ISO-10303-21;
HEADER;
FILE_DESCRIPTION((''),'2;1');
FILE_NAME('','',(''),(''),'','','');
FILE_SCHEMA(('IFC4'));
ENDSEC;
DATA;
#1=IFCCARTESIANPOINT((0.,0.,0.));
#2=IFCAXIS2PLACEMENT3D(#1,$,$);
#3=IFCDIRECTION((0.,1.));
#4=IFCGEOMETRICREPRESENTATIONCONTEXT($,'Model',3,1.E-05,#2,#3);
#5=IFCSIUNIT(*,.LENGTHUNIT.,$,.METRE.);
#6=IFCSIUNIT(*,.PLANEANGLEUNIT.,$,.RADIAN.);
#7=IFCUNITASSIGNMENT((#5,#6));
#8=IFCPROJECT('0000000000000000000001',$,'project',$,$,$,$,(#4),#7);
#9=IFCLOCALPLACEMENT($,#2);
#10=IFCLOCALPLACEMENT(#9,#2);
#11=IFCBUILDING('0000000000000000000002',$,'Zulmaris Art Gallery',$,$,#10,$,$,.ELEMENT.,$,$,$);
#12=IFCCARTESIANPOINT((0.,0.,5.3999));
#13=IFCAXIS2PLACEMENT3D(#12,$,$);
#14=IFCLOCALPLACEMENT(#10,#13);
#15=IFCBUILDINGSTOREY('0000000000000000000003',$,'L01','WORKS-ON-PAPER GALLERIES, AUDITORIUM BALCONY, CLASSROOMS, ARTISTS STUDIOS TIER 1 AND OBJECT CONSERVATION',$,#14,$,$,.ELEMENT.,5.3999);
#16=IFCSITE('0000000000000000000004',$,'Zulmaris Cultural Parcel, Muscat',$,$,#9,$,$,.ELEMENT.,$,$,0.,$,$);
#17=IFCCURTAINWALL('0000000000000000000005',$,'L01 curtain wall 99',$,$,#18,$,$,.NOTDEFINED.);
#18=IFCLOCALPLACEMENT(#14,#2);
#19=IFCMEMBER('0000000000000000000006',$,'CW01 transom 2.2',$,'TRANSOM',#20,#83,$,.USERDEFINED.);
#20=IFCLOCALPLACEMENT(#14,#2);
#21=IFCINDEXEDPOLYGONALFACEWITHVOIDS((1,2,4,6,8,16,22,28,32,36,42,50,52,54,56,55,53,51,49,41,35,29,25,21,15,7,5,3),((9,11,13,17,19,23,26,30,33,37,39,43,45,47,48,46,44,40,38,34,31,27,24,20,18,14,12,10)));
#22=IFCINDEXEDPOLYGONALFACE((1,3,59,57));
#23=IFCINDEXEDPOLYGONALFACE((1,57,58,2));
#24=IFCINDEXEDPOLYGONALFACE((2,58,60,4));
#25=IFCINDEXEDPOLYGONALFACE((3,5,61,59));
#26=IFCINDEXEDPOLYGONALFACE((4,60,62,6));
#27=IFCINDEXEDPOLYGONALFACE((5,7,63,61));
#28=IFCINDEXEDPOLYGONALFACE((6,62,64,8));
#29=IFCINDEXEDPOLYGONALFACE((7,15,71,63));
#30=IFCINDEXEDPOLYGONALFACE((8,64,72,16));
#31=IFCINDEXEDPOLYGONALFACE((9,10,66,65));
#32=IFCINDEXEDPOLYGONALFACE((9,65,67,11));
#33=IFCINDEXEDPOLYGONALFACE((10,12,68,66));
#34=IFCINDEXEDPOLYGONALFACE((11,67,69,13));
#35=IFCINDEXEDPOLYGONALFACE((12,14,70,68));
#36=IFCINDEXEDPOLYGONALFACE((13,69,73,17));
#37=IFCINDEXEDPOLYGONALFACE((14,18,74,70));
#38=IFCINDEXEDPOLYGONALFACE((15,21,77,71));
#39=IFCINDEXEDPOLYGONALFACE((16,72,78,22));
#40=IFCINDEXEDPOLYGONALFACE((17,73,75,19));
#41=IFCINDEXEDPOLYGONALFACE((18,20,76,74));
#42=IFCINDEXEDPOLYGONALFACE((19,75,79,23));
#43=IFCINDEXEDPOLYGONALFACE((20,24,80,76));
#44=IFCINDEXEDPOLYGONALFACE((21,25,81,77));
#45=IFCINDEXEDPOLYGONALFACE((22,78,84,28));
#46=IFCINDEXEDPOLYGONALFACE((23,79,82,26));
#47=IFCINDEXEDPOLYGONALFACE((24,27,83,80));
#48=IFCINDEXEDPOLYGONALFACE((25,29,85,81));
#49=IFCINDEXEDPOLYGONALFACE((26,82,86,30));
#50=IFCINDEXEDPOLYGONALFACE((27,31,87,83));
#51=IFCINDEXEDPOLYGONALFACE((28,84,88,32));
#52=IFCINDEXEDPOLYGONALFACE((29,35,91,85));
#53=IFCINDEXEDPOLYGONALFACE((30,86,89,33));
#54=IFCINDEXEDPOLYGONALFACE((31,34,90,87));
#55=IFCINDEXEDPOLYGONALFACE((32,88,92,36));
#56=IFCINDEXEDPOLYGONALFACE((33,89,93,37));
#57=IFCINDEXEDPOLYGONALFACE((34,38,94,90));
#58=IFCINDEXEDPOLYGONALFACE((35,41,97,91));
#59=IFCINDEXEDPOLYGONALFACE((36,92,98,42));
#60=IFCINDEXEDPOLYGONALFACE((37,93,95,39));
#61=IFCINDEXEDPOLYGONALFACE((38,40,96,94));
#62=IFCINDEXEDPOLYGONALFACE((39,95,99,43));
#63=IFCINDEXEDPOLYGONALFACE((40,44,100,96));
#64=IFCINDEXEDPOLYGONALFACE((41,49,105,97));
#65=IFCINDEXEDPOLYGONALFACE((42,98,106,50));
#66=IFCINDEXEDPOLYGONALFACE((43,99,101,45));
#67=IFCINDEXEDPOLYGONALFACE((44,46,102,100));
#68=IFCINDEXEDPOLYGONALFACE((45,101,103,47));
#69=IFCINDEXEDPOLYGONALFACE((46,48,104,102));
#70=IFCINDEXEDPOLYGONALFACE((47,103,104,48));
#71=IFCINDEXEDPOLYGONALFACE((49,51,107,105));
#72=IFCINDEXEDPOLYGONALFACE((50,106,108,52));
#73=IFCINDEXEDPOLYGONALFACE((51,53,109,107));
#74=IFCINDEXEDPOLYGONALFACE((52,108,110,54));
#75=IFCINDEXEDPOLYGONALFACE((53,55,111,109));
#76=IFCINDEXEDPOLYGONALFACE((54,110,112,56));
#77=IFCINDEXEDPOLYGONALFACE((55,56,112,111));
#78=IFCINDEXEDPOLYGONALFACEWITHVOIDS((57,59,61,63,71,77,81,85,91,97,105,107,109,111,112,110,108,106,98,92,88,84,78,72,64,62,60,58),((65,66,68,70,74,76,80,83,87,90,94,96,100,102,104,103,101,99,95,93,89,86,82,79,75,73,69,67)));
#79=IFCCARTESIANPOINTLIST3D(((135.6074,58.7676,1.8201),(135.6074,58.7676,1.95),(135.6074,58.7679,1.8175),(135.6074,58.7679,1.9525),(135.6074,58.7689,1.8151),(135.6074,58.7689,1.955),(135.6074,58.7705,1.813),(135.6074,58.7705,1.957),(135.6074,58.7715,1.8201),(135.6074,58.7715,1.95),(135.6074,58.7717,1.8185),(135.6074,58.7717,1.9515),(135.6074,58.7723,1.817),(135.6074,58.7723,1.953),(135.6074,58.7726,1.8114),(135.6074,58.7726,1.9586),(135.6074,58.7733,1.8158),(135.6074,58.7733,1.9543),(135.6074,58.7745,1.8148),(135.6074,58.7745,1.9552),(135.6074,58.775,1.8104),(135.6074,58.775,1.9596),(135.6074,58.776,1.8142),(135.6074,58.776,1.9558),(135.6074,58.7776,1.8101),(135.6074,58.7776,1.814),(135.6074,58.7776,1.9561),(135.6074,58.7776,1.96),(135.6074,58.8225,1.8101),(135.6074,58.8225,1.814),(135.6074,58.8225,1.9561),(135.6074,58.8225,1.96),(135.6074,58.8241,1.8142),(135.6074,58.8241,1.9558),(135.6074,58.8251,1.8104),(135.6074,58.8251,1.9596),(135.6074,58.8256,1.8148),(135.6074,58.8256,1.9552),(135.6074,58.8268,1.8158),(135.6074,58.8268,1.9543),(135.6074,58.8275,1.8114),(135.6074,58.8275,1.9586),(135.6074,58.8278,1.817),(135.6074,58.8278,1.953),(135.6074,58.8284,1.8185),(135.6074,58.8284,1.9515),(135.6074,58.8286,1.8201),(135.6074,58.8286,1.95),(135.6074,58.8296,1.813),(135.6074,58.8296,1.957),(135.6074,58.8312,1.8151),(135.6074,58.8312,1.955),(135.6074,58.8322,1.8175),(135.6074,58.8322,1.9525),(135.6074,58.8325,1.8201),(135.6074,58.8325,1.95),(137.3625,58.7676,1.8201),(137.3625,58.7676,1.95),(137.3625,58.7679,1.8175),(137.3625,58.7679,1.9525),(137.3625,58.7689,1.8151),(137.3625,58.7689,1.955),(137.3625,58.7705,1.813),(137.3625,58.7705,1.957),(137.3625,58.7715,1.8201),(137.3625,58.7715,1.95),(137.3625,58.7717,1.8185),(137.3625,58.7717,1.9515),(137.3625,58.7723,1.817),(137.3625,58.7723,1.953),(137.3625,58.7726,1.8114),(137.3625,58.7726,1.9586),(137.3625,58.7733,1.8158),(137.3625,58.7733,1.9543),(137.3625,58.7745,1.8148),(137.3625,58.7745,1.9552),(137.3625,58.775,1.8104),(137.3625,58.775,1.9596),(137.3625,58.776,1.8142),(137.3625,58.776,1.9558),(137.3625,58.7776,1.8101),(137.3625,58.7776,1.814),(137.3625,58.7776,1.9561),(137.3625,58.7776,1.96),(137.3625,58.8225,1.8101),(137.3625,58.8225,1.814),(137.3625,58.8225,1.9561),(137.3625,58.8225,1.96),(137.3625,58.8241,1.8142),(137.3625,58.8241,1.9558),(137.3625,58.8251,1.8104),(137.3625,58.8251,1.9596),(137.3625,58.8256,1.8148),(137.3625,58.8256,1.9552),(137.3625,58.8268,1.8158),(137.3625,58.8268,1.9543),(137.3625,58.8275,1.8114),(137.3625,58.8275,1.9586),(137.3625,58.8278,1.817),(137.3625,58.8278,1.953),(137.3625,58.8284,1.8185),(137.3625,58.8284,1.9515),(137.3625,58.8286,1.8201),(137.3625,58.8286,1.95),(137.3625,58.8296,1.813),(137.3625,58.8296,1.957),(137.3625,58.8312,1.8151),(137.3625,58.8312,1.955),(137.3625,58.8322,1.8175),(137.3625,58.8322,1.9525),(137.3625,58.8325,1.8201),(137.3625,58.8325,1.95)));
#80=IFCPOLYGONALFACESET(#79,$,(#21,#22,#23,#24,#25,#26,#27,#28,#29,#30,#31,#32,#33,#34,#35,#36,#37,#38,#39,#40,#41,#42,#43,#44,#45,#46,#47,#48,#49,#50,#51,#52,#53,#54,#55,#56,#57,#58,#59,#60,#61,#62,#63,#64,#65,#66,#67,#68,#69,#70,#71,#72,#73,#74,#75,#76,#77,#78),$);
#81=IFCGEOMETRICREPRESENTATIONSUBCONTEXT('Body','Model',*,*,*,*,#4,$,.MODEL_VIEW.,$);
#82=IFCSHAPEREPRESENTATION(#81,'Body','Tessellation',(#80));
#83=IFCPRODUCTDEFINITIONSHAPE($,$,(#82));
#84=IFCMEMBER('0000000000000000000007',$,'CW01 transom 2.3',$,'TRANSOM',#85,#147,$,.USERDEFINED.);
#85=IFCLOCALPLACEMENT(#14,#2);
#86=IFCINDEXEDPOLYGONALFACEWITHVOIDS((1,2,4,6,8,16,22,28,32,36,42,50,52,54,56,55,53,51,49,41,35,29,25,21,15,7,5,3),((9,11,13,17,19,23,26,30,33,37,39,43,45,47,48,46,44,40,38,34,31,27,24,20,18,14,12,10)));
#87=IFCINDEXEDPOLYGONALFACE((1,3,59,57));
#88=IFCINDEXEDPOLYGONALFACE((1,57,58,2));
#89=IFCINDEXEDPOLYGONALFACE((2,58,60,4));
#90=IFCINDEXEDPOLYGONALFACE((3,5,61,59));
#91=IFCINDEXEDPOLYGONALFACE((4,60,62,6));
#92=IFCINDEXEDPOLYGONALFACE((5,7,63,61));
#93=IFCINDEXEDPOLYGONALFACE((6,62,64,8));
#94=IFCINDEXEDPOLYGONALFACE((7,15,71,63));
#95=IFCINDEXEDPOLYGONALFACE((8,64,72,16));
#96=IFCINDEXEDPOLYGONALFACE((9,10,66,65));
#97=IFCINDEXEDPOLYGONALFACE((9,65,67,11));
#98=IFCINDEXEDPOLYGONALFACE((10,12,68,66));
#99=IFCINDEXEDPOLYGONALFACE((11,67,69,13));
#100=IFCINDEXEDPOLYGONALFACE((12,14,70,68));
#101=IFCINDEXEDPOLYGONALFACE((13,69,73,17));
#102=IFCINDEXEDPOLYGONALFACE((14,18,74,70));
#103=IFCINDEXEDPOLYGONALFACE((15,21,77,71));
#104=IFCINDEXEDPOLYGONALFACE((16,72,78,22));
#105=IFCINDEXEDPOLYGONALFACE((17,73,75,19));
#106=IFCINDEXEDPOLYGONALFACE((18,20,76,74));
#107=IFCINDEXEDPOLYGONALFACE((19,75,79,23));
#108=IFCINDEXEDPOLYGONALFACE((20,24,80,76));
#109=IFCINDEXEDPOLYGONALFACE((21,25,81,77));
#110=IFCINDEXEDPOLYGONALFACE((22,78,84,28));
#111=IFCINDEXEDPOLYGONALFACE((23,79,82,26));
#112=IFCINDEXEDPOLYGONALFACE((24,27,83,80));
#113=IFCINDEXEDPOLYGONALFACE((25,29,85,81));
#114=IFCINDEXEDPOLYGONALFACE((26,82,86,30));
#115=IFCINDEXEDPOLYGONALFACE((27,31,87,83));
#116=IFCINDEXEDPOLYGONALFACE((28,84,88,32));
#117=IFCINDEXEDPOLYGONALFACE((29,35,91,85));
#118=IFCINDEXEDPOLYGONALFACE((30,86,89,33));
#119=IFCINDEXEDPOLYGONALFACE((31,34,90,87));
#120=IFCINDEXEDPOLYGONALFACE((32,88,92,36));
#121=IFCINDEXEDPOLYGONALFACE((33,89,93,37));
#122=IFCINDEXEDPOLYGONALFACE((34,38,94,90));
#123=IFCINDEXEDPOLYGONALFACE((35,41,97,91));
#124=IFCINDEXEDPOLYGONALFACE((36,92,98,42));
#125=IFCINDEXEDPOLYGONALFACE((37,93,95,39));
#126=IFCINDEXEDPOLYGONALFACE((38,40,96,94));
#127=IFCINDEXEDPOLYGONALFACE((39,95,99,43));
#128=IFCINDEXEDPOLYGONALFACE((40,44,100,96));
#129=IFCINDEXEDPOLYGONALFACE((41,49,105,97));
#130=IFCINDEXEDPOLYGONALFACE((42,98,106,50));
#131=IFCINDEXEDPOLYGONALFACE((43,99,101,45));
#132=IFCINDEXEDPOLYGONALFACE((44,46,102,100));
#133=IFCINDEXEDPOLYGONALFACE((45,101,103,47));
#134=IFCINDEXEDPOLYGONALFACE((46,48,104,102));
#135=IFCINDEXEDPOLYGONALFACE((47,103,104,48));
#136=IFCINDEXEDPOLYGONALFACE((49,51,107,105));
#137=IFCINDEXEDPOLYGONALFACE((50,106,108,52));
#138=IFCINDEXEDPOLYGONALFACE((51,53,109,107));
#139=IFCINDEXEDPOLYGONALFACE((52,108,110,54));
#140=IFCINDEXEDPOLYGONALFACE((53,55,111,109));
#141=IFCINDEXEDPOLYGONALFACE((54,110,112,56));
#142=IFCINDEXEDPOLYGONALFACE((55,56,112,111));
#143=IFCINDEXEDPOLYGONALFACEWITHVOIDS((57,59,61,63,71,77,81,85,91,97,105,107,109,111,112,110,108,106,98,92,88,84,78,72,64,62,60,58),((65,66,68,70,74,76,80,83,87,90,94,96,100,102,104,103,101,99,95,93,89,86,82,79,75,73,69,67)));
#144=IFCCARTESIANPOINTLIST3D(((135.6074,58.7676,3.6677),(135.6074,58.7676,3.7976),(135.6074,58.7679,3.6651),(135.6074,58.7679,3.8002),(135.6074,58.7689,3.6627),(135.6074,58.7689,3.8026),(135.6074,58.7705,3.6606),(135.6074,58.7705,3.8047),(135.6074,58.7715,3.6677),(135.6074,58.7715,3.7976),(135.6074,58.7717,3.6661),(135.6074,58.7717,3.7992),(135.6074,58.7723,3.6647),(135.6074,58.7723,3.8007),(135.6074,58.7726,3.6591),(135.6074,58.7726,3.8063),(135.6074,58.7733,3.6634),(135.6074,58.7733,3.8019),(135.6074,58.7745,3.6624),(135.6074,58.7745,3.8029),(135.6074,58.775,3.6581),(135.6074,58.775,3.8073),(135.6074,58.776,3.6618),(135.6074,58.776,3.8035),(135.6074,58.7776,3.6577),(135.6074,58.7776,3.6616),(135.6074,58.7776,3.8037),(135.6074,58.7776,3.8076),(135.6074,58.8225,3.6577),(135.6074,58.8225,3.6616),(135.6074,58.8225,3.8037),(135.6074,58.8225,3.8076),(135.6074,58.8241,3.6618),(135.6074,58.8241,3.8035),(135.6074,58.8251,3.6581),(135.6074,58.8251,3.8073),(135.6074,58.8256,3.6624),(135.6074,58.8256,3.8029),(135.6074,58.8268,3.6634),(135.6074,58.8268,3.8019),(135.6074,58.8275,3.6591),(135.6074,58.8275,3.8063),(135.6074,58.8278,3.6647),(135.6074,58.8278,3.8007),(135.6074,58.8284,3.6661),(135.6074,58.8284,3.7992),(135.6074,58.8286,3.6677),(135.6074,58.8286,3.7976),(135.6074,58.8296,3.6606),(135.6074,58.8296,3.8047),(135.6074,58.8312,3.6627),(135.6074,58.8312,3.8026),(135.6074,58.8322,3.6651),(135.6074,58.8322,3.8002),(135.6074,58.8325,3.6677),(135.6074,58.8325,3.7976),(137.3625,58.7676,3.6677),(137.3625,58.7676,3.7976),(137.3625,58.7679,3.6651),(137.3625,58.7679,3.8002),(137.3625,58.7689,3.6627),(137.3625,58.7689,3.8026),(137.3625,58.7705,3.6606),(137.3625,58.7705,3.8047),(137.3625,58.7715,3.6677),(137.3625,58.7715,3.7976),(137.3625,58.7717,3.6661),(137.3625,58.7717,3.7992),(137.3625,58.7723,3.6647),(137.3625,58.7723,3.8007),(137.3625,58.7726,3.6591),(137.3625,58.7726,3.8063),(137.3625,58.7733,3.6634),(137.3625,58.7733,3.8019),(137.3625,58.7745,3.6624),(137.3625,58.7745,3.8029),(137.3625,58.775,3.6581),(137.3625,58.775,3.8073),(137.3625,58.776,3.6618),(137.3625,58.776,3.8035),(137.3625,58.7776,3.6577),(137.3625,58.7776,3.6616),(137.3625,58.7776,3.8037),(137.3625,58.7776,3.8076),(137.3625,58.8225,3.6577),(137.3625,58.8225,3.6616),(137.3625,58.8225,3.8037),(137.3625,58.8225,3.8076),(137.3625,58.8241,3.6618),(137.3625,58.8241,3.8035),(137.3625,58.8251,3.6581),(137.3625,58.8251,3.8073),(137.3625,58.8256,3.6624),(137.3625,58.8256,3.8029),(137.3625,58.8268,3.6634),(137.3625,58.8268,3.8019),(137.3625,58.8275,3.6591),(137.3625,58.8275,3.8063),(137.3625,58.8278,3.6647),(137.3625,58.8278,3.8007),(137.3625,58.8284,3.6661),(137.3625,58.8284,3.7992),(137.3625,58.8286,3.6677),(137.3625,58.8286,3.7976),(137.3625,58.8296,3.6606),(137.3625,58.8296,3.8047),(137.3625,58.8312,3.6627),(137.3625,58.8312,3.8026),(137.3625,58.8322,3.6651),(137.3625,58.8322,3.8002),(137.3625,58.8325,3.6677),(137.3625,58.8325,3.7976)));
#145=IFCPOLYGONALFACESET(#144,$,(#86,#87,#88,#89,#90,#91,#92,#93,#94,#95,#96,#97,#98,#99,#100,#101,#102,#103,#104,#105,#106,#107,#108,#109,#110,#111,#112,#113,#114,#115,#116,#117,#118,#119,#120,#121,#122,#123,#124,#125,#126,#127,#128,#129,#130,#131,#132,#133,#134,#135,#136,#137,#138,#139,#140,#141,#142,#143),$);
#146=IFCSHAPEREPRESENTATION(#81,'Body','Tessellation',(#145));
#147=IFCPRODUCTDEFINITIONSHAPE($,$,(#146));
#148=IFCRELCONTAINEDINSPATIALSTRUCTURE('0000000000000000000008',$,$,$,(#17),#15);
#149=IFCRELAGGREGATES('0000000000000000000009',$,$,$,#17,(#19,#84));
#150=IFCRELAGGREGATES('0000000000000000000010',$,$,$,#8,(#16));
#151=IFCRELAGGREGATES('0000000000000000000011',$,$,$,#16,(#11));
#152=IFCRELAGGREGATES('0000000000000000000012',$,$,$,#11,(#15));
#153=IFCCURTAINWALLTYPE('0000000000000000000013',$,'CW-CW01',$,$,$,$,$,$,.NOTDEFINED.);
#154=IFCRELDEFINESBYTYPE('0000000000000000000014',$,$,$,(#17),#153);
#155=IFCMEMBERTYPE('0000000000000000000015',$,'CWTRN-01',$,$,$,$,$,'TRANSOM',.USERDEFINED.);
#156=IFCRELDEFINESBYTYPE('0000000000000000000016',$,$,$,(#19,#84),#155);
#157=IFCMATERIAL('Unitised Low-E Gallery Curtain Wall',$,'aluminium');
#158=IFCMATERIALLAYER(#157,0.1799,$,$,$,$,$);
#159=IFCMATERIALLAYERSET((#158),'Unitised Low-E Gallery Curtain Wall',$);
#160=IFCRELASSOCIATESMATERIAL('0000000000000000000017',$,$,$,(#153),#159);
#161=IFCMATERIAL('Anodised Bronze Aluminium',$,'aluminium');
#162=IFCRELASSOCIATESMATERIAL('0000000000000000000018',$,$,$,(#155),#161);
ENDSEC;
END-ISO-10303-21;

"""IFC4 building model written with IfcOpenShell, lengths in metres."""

from ifc_helpers import new_model, si_unit, direction, frame, origin, origin_2d, place, context, subcontext, project, spatial, hollow_rectangle, extrude, material, layer, layer_set, material_profile, profile_set, type_object, element, aggregate, save


model = new_model("IFC4")

# Units and contexts
model_context = context("Model", 3, precision=1e-05, world=origin(), true_north=direction((0.0, 1.0)))
body_context = subcontext(model_context, "Body", "Model", "MODEL_VIEW")
ifc_project = project(units=[si_unit("LENGTHUNIT", "METRE"), si_unit("PLANEANGLEUNIT", "RADIAN")], contexts=[model_context])

# Site, building, storey
site_placement = place(None, origin())
site = spatial("IfcSite", under=ifc_project, at=site_placement, Name="Zulmaris Cultural Parcel, Muscat", CompositionType="ELEMENT", RefElevation=0.0)
building_placement = place(site_placement, origin())
building = spatial("IfcBuilding", under=site, at=building_placement, Name="Zulmaris Art Gallery", CompositionType="ELEMENT")
storey_placement = place(building_placement, frame((0.0, 0.0, 5.3999)))
storey = spatial("IfcBuildingStorey", under=building, at=storey_placement, Name="L01", Description="WORKS-ON-PAPER GALLERIES, AUDITORIUM BALCONY, CLASSROOMS, ARTISTS STUDIOS TIER 1 AND OBJECT CONSERVATION", CompositionType="ELEMENT", Elevation=5.3999)

# Curtain wall, members
ifc_material_1 = material(Name="Unitised Low-E Gallery Curtain Wall", Category="aluminium")
ifc_layer_1 = layer(ifc_material_1, 0.1799)
ifc_layer_set_1 = layer_set([ifc_layer_1], Name="Unitised Low-E Gallery Curtain Wall")
curtain_wall_type = type_object("IfcCurtainWallType", Name="CW-CW01", PredefinedType="NOTDEFINED", material=ifc_layer_set_1)
curtain_wall_placement = place(storey_placement, origin())
curtain_wall = element("IfcCurtainWall", 1, at=curtain_wall_placement, inside=storey, type_object=curtain_wall_type, Name="L01 curtain wall 99", PredefinedType="NOTDEFINED")
ifc_material_2 = material(Name="Anodised Bronze Aluminium", Category="aluminium")
ifc_material_profile_1 = material_profile(ifc_material_2, hollow_rectangle(XDim=0.0649, YDim=0.1499, WallThickness=0.0039, InnerFilletRadius=0.0061, OuterFilletRadius=0.01, at=origin_2d()), Name="ALU 65x150x4")
ifc_profile_set_1 = profile_set([ifc_material_profile_1], Name="Anodised Bronze Aluminium")
member_type_1 = type_object("IfcMemberType", Name="CWTRN-01", ElementType="TRANSOM", PredefinedType="USERDEFINED", material=ifc_profile_set_1)
member_1_placement = place(storey_placement, frame((135.6074, 58.8, 1.885), z_axis=(1.0, 0.0, 0.0), x_axis=(0.0, 1.0, 0.0)))
member_1 = element("IfcMember", 2, at=member_1_placement, type_object=member_type_1, Name="CW01 transom 2.2", ObjectType="TRANSOM", PredefinedType="USERDEFINED", context=body_context, shape_type="SweptSolid", body=[
    extrude(hollow_rectangle(XDim=0.0649, YDim=0.1499, WallThickness=0.0039, InnerFilletRadius=0.0061, OuterFilletRadius=0.01, at=origin_2d()), origin(), (0.0, 0.0, 1.0), 1.7551),
])
member_2_placement = place(storey_placement, frame((135.6074, 58.8, 3.7327), z_axis=(1.0, 0.0, 0.0), x_axis=(0.0, 1.0, 0.0)))
member_2 = element("IfcMember", 3, at=member_2_placement, type_object=member_type_1, Name="CW01 transom 2.3", ObjectType="TRANSOM", PredefinedType="USERDEFINED", context=body_context, shape_type="SweptSolid", body=[
    extrude(hollow_rectangle(XDim=0.0649, YDim=0.1499, WallThickness=0.0039, InnerFilletRadius=0.0061, OuterFilletRadius=0.01, at=origin_2d()), origin(), (0.0, 0.0, 1.0), 1.7551),
])
aggregate(curtain_wall, [member_1, member_2])

save(model, "model.ifc")
